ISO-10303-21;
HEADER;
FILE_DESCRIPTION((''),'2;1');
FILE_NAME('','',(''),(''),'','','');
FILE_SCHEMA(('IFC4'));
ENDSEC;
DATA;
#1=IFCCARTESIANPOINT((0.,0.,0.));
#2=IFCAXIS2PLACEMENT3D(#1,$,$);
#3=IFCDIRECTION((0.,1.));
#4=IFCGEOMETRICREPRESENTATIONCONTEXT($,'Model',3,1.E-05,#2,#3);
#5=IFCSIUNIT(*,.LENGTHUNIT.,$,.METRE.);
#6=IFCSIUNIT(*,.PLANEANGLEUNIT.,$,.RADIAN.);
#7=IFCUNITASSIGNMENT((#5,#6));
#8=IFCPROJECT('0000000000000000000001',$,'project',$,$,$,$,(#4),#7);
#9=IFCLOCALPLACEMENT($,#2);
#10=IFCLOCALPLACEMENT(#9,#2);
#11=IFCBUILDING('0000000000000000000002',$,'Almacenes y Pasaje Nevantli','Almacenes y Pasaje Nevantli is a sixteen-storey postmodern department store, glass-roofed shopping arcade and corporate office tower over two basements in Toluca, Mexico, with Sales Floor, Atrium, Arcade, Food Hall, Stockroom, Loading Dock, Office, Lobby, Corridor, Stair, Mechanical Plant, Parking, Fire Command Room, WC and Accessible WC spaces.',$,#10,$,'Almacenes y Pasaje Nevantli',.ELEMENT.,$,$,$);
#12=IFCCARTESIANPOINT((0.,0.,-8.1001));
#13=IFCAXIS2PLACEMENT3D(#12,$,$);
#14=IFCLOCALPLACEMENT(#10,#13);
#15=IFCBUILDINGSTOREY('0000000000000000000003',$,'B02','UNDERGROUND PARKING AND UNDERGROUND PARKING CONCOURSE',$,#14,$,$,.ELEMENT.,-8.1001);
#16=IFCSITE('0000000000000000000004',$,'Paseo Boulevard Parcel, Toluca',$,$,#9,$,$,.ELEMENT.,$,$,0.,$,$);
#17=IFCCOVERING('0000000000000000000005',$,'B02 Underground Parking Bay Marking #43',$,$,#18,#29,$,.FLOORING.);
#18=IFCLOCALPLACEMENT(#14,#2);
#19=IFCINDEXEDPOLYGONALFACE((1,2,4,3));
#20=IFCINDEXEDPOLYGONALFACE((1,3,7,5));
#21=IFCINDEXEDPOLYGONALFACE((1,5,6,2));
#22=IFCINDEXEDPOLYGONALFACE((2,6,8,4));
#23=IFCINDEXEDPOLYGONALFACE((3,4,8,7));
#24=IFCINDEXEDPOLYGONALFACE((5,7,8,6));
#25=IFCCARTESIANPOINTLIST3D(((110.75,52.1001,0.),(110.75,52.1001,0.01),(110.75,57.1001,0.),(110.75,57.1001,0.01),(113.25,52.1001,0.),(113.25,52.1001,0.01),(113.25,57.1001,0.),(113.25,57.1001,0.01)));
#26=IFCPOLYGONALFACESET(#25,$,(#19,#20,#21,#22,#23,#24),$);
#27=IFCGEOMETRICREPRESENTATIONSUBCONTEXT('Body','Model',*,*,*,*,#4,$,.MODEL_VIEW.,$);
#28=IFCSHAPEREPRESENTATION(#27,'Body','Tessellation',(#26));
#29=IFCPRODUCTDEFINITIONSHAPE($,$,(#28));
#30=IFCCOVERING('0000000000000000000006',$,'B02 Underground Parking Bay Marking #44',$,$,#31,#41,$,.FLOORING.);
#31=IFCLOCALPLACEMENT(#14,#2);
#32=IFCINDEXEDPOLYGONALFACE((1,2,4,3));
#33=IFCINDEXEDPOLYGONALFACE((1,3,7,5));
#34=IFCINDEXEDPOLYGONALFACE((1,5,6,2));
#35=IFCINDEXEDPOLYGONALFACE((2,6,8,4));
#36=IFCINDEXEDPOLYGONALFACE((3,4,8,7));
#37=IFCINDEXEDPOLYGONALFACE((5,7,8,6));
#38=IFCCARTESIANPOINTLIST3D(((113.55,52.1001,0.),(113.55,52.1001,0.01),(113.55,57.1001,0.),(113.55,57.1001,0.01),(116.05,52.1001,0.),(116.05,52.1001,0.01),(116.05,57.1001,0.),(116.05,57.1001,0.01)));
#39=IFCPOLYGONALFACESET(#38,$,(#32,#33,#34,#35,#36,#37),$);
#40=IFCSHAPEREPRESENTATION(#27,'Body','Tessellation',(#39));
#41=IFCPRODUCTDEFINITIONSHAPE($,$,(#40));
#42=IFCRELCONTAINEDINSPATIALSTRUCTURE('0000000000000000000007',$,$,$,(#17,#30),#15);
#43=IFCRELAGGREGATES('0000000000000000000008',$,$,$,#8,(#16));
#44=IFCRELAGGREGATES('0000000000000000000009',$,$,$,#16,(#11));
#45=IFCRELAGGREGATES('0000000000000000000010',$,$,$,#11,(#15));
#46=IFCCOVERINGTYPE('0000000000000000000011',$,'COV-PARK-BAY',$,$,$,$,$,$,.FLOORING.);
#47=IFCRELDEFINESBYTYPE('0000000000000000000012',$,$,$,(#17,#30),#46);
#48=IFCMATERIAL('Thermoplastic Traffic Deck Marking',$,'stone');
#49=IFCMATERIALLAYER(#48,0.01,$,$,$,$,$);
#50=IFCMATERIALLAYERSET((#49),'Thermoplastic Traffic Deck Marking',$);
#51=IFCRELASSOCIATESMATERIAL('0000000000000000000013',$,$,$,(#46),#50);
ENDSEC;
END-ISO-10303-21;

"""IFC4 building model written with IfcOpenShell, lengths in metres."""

from ifc_helpers import new_model, si_unit, direction, frame, origin, origin_2d, place, context, subcontext, project, spatial, rectangle, extrude, material, layer, layer_set, type_object, element, save


model = new_model("IFC4")

# Units and contexts
model_context = context("Model", 3, precision=1e-05, world=origin(), true_north=direction((0.0, 1.0)))
body_context = subcontext(model_context, "Body", "Model", "MODEL_VIEW")
ifc_project = project(units=[si_unit("LENGTHUNIT", "METRE"), si_unit("PLANEANGLEUNIT", "RADIAN")], contexts=[model_context])

# Site, building, storey
site_placement = place(None, origin())
site = spatial("IfcSite", under=ifc_project, at=site_placement, Name="Paseo Boulevard Parcel, Toluca", CompositionType="ELEMENT", RefElevation=0.0)
building_placement = place(site_placement, origin())
building = spatial("IfcBuilding", under=site, at=building_placement, Name="Almacenes y Pasaje Nevantli", Description="Almacenes y Pasaje Nevantli is a sixteen-storey postmodern department store, glass-roofed shopping arcade and corporate office tower over two basements in Toluca, Mexico, with Sales Floor, Atrium, Arcade, Food Hall, Stockroom, Loading Dock, Office, Lobby, Corridor, Stair, Mechanical Plant, Parking, Fire Command Room, WC and Accessible WC spaces.", LongName="Almacenes y Pasaje Nevantli", CompositionType="ELEMENT")
storey_placement = place(building_placement, frame((0.0, 0.0, -8.1001)))
storey = spatial("IfcBuildingStorey", under=building, at=storey_placement, Name="B02", Description="UNDERGROUND PARKING AND UNDERGROUND PARKING CONCOURSE", CompositionType="ELEMENT", Elevation=-8.1001)

# Coverings
ifc_material_1 = material(Name="Thermoplastic Traffic Deck Marking", Category="stone")
ifc_layer_1 = layer(ifc_material_1, 0.01)
ifc_layer_set_1 = layer_set([ifc_layer_1], Name="Thermoplastic Traffic Deck Marking")
covering_type = type_object("IfcCoveringType", Name="COV-PARK-BAY", PredefinedType="FLOORING", material=ifc_layer_set_1)
for number, where, z_axis, x_axis, name in (
    (1, (112.0, 54.6001, 0.0), (0.0, 0.0, 1.0), (1.0, 0.0, 0.0), "B02 Underground Parking Bay Marking #43"),
    (2, (114.8, 54.6001, 0.0), (0.0, 0.0, 1.0), (1.0, 0.0, 0.0), "B02 Underground Parking Bay Marking #44"),
):
    element("IfcCovering", number, at=place(storey_placement, frame(where, z_axis=z_axis, x_axis=x_axis)), inside=storey, type_object=covering_type, Name=name, PredefinedType="FLOORING", context=body_context, shape_type="SweptSolid", body=[
        extrude(rectangle(XDim=2.5, YDim=5.0, at=origin_2d()), origin(), (0.0, 0.0, 1.0), 0.01),
    ])

save(model, "model.ifc")
